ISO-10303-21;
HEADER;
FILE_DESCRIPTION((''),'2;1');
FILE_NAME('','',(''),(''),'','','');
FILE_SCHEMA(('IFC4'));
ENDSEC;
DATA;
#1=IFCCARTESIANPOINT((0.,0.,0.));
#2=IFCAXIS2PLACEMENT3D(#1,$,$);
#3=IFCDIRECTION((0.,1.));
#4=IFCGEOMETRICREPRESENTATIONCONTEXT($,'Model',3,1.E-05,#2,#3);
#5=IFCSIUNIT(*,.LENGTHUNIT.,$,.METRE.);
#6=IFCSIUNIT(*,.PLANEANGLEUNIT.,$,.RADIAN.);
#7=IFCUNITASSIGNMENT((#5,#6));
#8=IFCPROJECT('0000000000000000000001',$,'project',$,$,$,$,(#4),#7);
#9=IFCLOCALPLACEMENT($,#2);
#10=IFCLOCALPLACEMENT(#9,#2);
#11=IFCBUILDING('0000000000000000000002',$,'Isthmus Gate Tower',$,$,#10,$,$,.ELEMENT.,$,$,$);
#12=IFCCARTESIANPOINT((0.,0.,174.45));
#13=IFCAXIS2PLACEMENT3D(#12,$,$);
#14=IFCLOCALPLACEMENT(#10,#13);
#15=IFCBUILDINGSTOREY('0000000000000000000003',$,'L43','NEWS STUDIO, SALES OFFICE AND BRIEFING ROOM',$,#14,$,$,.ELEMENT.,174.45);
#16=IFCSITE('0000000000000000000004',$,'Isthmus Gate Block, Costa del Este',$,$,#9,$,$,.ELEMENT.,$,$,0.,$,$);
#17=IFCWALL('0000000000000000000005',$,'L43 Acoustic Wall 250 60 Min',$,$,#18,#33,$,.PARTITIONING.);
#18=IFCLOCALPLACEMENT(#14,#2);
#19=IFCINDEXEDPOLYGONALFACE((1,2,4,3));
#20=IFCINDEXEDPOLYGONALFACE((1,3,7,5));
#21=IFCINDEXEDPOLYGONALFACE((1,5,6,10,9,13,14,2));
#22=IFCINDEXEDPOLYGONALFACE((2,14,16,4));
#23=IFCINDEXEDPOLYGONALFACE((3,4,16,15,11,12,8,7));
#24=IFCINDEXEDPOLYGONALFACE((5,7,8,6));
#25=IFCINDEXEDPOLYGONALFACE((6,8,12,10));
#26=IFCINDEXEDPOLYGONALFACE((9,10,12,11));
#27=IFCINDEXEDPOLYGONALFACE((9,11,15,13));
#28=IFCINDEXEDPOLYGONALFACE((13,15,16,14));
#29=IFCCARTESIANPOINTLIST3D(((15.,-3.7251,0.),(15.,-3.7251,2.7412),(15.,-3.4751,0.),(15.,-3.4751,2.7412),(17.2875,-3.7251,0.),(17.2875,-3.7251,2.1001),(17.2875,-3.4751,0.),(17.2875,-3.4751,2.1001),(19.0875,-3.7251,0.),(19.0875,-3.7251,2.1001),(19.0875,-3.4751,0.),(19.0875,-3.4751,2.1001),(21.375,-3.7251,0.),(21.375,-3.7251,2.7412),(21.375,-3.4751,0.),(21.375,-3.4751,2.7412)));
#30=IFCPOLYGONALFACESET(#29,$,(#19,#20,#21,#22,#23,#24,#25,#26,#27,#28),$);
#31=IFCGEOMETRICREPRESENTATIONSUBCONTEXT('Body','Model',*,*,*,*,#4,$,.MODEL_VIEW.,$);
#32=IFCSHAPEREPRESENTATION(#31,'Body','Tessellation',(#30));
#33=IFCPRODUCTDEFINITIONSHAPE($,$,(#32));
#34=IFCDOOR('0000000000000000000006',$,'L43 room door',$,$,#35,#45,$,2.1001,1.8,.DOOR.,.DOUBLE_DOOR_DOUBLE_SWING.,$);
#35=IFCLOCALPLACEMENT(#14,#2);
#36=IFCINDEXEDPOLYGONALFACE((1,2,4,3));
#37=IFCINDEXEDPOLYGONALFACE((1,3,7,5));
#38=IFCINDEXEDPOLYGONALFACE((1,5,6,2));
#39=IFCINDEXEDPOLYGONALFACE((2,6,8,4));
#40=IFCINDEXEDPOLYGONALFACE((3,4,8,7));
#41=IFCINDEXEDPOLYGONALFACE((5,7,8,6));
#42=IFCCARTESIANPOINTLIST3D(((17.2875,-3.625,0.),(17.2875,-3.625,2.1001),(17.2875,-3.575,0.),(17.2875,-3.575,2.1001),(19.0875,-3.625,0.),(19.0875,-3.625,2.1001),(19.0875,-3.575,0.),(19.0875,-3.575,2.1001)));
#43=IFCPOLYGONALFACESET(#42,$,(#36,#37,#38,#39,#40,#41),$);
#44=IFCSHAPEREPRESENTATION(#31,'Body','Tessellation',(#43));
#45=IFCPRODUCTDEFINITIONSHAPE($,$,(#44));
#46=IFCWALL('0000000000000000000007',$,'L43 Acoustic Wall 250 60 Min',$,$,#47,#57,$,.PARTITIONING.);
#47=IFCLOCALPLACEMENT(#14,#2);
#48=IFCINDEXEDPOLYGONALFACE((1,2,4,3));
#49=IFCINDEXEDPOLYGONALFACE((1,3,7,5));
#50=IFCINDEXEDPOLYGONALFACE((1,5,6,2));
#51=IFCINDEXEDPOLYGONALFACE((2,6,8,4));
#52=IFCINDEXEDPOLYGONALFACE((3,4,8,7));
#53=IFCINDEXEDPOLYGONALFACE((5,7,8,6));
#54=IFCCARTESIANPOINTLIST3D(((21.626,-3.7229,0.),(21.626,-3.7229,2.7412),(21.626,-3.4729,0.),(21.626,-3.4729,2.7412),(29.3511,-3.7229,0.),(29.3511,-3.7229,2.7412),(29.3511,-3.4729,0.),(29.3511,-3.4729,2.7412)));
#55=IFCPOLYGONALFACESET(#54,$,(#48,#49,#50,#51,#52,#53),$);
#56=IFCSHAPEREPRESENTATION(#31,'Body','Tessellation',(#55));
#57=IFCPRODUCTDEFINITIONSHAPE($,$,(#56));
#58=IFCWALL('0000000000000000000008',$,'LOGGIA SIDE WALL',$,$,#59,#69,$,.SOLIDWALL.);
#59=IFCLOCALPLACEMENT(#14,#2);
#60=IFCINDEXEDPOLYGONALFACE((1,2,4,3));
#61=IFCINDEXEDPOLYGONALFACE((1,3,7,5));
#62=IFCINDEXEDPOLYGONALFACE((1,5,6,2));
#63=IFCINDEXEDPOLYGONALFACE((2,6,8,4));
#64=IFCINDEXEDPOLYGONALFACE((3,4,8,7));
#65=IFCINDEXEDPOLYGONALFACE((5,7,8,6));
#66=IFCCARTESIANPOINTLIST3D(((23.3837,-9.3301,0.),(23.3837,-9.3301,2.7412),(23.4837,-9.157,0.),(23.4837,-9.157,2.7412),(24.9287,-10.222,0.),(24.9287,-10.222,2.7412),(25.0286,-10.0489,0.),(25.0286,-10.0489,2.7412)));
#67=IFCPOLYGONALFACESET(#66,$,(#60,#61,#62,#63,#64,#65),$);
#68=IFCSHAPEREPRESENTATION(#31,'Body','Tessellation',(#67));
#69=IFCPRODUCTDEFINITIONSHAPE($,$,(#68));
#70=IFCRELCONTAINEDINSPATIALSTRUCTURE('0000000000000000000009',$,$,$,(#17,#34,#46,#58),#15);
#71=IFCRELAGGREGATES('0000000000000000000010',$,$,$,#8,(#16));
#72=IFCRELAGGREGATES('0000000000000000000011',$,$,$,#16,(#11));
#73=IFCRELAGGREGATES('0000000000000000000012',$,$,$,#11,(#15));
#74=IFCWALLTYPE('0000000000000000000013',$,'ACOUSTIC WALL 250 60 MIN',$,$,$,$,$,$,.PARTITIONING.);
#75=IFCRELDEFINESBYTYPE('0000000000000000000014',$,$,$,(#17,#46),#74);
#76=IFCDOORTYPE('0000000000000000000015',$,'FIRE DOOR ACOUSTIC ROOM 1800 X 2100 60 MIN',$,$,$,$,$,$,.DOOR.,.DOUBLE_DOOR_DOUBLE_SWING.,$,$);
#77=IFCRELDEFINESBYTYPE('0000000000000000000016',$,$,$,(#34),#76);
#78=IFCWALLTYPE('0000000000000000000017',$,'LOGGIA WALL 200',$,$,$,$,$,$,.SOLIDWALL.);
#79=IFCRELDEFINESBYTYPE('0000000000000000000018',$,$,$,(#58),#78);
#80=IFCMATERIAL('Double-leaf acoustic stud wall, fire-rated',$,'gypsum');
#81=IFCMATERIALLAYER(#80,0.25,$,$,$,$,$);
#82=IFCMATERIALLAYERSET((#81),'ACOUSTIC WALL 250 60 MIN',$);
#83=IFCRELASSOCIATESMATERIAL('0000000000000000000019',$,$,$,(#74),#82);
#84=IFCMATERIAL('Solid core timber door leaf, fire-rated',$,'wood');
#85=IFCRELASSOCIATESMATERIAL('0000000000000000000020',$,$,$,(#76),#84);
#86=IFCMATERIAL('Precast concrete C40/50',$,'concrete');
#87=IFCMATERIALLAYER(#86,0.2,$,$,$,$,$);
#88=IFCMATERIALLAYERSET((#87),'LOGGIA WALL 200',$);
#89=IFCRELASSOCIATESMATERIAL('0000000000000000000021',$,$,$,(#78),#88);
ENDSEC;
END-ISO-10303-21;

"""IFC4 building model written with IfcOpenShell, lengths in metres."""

from ifc_helpers import new_model, si_unit, direction, frame, frame_2d, origin, place, context, subcontext, project, spatial, rectangle, extrude, material, layer, layer_set, type_object, element, fill, save


model = new_model("IFC4")

# Units and contexts
model_context = context("Model", 3, precision=1e-05, world=origin(), true_north=direction((0.0, 1.0)))
body_context = subcontext(model_context, "Body", "Model", "MODEL_VIEW")
ifc_project = project(units=[si_unit("LENGTHUNIT", "METRE"), si_unit("PLANEANGLEUNIT", "RADIAN")], contexts=[model_context])

# Site, building, storey
site_placement = place(None, origin())
site = spatial("IfcSite", under=ifc_project, at=site_placement, Name="Isthmus Gate Block, Costa del Este", CompositionType="ELEMENT", RefElevation=0.0)
building_placement = place(site_placement, origin())
building = spatial("IfcBuilding", under=site, at=building_placement, Name="Isthmus Gate Tower", CompositionType="ELEMENT")
storey_placement = place(building_placement, frame((0.0, 0.0, 174.45)))
storey = spatial("IfcBuildingStorey", under=building, at=storey_placement, Name="L43", Description="NEWS STUDIO, SALES OFFICE AND BRIEFING ROOM", CompositionType="ELEMENT", Elevation=174.45)

# Shared definitions
ifc_material_1 = material(Name="Double-leaf acoustic stud wall, fire-rated", Category="gypsum")
ifc_layer_1 = layer(ifc_material_1, 0.25)
ifc_layer_set_1 = layer_set([ifc_layer_1], Name="ACOUSTIC WALL 250 60 MIN")
wall_type_1 = type_object("IfcWallType", Name="ACOUSTIC WALL 250 60 MIN", PredefinedType="PARTITIONING", material=ifc_layer_set_1)

# Wall, opening, door
wall_1_placement = place(storey_placement, frame((21.375, -3.6001, 0.0), z_axis=(0.0, 0.0, 1.0), x_axis=(-1.0, 0.0, 0.0)))
wall_1 = element("IfcWall", 1, at=wall_1_placement, inside=storey, type_object=wall_type_1, Name="L43 Acoustic Wall 250 60 Min", PredefinedType="PARTITIONING", context=body_context, shape_type="SweptSolid", body=[
    extrude(rectangle(XDim=6.375, YDim=0.25, at=frame_2d((3.1875, 0.0))), origin(), (0.0, 0.0, 1.0), 2.7412),
])
opening_placement = place(wall_1_placement, frame((2.2876, 0.0, 0.0)))
opening = element("IfcOpeningElement", 2, at=opening_placement, cuts=wall_1, PredefinedType="OPENING", context=body_context, shape_type="SweptSolid", body=[
    extrude(rectangle(XDim=1.8, YDim=2.1001, at=frame_2d((0.8999, 1.05))), frame((0.0, 0.135, 0.0), z_axis=(0.0, -1.0, 0.0), x_axis=(1.0, 0.0, 0.0)), (0.0, 0.0, 1.0), 0.27),
])
ifc_material_2 = material(Name="Solid core timber door leaf, fire-rated", Category="wood")
door_type = type_object("IfcDoorType", Name="FIRE DOOR ACOUSTIC ROOM 1800 X 2100 60 MIN", OperationType="DOUBLE_DOOR_DOUBLE_SWING", PredefinedType="DOOR", material=ifc_material_2)
door_placement = place(opening_placement, origin())
door = element("IfcDoor", 3, at=door_placement, inside=storey, type_object=door_type, Name="L43 room door", OperationType="DOUBLE_DOOR_DOUBLE_SWING", OverallHeight=2.1001, OverallWidth=1.8, PredefinedType="DOOR", context=body_context, shape_type="SweptSolid", body=[
    extrude(rectangle(XDim=1.8, YDim=2.1001, at=frame_2d((0.8999, 1.05))), frame((0.0, 0.0249, 0.0), z_axis=(0.0, -1.0, 0.0), x_axis=(1.0, 0.0, 0.0)), (0.0, 0.0, 1.0), 0.05),
])
fill(opening, door)

# Walls
wall_2_placement = place(storey_placement, frame((21.626, -3.5979, 0.0), z_axis=(0.0, 0.0, 1.0), x_axis=(1.0, 0.0, 0.0)))
element("IfcWall", 4, at=wall_2_placement, inside=storey, type_object=wall_type_1, Name="L43 Acoustic Wall 250 60 Min", PredefinedType="PARTITIONING", context=body_context, shape_type="SweptSolid", body=[
    extrude(rectangle(XDim=7.7251, YDim=0.25, at=frame_2d((3.8625, 0.0))), origin(), (0.0, 0.0, 1.0), 2.7412),
])
ifc_material_3 = material(Name="Precast concrete C40/50", Category="concrete")
ifc_layer_2 = layer(ifc_material_3, 0.2)
ifc_layer_set_2 = layer_set([ifc_layer_2], Name="LOGGIA WALL 200")
wall_type_2 = type_object("IfcWallType", Name="LOGGIA WALL 200", PredefinedType="SOLIDWALL", material=ifc_layer_set_2)
wall_3_placement = place(storey_placement, frame((24.9788, -10.1355, 0.0), z_axis=(0.0, 0.0, 1.0), x_axis=(-0.866053, 0.499951, 0.0)))
element("IfcWall", 5, at=wall_3_placement, inside=storey, type_object=wall_type_2, Name="LOGGIA SIDE WALL", PredefinedType="SOLIDWALL", context=body_context, shape_type="SweptSolid", body=[
    extrude(rectangle(XDim=1.7839, YDim=0.2, at=frame_2d((0.8921, 0.0))), origin(), (0.0, 0.0, 1.0), 2.7412),
])

save(model, "model.ifc")
